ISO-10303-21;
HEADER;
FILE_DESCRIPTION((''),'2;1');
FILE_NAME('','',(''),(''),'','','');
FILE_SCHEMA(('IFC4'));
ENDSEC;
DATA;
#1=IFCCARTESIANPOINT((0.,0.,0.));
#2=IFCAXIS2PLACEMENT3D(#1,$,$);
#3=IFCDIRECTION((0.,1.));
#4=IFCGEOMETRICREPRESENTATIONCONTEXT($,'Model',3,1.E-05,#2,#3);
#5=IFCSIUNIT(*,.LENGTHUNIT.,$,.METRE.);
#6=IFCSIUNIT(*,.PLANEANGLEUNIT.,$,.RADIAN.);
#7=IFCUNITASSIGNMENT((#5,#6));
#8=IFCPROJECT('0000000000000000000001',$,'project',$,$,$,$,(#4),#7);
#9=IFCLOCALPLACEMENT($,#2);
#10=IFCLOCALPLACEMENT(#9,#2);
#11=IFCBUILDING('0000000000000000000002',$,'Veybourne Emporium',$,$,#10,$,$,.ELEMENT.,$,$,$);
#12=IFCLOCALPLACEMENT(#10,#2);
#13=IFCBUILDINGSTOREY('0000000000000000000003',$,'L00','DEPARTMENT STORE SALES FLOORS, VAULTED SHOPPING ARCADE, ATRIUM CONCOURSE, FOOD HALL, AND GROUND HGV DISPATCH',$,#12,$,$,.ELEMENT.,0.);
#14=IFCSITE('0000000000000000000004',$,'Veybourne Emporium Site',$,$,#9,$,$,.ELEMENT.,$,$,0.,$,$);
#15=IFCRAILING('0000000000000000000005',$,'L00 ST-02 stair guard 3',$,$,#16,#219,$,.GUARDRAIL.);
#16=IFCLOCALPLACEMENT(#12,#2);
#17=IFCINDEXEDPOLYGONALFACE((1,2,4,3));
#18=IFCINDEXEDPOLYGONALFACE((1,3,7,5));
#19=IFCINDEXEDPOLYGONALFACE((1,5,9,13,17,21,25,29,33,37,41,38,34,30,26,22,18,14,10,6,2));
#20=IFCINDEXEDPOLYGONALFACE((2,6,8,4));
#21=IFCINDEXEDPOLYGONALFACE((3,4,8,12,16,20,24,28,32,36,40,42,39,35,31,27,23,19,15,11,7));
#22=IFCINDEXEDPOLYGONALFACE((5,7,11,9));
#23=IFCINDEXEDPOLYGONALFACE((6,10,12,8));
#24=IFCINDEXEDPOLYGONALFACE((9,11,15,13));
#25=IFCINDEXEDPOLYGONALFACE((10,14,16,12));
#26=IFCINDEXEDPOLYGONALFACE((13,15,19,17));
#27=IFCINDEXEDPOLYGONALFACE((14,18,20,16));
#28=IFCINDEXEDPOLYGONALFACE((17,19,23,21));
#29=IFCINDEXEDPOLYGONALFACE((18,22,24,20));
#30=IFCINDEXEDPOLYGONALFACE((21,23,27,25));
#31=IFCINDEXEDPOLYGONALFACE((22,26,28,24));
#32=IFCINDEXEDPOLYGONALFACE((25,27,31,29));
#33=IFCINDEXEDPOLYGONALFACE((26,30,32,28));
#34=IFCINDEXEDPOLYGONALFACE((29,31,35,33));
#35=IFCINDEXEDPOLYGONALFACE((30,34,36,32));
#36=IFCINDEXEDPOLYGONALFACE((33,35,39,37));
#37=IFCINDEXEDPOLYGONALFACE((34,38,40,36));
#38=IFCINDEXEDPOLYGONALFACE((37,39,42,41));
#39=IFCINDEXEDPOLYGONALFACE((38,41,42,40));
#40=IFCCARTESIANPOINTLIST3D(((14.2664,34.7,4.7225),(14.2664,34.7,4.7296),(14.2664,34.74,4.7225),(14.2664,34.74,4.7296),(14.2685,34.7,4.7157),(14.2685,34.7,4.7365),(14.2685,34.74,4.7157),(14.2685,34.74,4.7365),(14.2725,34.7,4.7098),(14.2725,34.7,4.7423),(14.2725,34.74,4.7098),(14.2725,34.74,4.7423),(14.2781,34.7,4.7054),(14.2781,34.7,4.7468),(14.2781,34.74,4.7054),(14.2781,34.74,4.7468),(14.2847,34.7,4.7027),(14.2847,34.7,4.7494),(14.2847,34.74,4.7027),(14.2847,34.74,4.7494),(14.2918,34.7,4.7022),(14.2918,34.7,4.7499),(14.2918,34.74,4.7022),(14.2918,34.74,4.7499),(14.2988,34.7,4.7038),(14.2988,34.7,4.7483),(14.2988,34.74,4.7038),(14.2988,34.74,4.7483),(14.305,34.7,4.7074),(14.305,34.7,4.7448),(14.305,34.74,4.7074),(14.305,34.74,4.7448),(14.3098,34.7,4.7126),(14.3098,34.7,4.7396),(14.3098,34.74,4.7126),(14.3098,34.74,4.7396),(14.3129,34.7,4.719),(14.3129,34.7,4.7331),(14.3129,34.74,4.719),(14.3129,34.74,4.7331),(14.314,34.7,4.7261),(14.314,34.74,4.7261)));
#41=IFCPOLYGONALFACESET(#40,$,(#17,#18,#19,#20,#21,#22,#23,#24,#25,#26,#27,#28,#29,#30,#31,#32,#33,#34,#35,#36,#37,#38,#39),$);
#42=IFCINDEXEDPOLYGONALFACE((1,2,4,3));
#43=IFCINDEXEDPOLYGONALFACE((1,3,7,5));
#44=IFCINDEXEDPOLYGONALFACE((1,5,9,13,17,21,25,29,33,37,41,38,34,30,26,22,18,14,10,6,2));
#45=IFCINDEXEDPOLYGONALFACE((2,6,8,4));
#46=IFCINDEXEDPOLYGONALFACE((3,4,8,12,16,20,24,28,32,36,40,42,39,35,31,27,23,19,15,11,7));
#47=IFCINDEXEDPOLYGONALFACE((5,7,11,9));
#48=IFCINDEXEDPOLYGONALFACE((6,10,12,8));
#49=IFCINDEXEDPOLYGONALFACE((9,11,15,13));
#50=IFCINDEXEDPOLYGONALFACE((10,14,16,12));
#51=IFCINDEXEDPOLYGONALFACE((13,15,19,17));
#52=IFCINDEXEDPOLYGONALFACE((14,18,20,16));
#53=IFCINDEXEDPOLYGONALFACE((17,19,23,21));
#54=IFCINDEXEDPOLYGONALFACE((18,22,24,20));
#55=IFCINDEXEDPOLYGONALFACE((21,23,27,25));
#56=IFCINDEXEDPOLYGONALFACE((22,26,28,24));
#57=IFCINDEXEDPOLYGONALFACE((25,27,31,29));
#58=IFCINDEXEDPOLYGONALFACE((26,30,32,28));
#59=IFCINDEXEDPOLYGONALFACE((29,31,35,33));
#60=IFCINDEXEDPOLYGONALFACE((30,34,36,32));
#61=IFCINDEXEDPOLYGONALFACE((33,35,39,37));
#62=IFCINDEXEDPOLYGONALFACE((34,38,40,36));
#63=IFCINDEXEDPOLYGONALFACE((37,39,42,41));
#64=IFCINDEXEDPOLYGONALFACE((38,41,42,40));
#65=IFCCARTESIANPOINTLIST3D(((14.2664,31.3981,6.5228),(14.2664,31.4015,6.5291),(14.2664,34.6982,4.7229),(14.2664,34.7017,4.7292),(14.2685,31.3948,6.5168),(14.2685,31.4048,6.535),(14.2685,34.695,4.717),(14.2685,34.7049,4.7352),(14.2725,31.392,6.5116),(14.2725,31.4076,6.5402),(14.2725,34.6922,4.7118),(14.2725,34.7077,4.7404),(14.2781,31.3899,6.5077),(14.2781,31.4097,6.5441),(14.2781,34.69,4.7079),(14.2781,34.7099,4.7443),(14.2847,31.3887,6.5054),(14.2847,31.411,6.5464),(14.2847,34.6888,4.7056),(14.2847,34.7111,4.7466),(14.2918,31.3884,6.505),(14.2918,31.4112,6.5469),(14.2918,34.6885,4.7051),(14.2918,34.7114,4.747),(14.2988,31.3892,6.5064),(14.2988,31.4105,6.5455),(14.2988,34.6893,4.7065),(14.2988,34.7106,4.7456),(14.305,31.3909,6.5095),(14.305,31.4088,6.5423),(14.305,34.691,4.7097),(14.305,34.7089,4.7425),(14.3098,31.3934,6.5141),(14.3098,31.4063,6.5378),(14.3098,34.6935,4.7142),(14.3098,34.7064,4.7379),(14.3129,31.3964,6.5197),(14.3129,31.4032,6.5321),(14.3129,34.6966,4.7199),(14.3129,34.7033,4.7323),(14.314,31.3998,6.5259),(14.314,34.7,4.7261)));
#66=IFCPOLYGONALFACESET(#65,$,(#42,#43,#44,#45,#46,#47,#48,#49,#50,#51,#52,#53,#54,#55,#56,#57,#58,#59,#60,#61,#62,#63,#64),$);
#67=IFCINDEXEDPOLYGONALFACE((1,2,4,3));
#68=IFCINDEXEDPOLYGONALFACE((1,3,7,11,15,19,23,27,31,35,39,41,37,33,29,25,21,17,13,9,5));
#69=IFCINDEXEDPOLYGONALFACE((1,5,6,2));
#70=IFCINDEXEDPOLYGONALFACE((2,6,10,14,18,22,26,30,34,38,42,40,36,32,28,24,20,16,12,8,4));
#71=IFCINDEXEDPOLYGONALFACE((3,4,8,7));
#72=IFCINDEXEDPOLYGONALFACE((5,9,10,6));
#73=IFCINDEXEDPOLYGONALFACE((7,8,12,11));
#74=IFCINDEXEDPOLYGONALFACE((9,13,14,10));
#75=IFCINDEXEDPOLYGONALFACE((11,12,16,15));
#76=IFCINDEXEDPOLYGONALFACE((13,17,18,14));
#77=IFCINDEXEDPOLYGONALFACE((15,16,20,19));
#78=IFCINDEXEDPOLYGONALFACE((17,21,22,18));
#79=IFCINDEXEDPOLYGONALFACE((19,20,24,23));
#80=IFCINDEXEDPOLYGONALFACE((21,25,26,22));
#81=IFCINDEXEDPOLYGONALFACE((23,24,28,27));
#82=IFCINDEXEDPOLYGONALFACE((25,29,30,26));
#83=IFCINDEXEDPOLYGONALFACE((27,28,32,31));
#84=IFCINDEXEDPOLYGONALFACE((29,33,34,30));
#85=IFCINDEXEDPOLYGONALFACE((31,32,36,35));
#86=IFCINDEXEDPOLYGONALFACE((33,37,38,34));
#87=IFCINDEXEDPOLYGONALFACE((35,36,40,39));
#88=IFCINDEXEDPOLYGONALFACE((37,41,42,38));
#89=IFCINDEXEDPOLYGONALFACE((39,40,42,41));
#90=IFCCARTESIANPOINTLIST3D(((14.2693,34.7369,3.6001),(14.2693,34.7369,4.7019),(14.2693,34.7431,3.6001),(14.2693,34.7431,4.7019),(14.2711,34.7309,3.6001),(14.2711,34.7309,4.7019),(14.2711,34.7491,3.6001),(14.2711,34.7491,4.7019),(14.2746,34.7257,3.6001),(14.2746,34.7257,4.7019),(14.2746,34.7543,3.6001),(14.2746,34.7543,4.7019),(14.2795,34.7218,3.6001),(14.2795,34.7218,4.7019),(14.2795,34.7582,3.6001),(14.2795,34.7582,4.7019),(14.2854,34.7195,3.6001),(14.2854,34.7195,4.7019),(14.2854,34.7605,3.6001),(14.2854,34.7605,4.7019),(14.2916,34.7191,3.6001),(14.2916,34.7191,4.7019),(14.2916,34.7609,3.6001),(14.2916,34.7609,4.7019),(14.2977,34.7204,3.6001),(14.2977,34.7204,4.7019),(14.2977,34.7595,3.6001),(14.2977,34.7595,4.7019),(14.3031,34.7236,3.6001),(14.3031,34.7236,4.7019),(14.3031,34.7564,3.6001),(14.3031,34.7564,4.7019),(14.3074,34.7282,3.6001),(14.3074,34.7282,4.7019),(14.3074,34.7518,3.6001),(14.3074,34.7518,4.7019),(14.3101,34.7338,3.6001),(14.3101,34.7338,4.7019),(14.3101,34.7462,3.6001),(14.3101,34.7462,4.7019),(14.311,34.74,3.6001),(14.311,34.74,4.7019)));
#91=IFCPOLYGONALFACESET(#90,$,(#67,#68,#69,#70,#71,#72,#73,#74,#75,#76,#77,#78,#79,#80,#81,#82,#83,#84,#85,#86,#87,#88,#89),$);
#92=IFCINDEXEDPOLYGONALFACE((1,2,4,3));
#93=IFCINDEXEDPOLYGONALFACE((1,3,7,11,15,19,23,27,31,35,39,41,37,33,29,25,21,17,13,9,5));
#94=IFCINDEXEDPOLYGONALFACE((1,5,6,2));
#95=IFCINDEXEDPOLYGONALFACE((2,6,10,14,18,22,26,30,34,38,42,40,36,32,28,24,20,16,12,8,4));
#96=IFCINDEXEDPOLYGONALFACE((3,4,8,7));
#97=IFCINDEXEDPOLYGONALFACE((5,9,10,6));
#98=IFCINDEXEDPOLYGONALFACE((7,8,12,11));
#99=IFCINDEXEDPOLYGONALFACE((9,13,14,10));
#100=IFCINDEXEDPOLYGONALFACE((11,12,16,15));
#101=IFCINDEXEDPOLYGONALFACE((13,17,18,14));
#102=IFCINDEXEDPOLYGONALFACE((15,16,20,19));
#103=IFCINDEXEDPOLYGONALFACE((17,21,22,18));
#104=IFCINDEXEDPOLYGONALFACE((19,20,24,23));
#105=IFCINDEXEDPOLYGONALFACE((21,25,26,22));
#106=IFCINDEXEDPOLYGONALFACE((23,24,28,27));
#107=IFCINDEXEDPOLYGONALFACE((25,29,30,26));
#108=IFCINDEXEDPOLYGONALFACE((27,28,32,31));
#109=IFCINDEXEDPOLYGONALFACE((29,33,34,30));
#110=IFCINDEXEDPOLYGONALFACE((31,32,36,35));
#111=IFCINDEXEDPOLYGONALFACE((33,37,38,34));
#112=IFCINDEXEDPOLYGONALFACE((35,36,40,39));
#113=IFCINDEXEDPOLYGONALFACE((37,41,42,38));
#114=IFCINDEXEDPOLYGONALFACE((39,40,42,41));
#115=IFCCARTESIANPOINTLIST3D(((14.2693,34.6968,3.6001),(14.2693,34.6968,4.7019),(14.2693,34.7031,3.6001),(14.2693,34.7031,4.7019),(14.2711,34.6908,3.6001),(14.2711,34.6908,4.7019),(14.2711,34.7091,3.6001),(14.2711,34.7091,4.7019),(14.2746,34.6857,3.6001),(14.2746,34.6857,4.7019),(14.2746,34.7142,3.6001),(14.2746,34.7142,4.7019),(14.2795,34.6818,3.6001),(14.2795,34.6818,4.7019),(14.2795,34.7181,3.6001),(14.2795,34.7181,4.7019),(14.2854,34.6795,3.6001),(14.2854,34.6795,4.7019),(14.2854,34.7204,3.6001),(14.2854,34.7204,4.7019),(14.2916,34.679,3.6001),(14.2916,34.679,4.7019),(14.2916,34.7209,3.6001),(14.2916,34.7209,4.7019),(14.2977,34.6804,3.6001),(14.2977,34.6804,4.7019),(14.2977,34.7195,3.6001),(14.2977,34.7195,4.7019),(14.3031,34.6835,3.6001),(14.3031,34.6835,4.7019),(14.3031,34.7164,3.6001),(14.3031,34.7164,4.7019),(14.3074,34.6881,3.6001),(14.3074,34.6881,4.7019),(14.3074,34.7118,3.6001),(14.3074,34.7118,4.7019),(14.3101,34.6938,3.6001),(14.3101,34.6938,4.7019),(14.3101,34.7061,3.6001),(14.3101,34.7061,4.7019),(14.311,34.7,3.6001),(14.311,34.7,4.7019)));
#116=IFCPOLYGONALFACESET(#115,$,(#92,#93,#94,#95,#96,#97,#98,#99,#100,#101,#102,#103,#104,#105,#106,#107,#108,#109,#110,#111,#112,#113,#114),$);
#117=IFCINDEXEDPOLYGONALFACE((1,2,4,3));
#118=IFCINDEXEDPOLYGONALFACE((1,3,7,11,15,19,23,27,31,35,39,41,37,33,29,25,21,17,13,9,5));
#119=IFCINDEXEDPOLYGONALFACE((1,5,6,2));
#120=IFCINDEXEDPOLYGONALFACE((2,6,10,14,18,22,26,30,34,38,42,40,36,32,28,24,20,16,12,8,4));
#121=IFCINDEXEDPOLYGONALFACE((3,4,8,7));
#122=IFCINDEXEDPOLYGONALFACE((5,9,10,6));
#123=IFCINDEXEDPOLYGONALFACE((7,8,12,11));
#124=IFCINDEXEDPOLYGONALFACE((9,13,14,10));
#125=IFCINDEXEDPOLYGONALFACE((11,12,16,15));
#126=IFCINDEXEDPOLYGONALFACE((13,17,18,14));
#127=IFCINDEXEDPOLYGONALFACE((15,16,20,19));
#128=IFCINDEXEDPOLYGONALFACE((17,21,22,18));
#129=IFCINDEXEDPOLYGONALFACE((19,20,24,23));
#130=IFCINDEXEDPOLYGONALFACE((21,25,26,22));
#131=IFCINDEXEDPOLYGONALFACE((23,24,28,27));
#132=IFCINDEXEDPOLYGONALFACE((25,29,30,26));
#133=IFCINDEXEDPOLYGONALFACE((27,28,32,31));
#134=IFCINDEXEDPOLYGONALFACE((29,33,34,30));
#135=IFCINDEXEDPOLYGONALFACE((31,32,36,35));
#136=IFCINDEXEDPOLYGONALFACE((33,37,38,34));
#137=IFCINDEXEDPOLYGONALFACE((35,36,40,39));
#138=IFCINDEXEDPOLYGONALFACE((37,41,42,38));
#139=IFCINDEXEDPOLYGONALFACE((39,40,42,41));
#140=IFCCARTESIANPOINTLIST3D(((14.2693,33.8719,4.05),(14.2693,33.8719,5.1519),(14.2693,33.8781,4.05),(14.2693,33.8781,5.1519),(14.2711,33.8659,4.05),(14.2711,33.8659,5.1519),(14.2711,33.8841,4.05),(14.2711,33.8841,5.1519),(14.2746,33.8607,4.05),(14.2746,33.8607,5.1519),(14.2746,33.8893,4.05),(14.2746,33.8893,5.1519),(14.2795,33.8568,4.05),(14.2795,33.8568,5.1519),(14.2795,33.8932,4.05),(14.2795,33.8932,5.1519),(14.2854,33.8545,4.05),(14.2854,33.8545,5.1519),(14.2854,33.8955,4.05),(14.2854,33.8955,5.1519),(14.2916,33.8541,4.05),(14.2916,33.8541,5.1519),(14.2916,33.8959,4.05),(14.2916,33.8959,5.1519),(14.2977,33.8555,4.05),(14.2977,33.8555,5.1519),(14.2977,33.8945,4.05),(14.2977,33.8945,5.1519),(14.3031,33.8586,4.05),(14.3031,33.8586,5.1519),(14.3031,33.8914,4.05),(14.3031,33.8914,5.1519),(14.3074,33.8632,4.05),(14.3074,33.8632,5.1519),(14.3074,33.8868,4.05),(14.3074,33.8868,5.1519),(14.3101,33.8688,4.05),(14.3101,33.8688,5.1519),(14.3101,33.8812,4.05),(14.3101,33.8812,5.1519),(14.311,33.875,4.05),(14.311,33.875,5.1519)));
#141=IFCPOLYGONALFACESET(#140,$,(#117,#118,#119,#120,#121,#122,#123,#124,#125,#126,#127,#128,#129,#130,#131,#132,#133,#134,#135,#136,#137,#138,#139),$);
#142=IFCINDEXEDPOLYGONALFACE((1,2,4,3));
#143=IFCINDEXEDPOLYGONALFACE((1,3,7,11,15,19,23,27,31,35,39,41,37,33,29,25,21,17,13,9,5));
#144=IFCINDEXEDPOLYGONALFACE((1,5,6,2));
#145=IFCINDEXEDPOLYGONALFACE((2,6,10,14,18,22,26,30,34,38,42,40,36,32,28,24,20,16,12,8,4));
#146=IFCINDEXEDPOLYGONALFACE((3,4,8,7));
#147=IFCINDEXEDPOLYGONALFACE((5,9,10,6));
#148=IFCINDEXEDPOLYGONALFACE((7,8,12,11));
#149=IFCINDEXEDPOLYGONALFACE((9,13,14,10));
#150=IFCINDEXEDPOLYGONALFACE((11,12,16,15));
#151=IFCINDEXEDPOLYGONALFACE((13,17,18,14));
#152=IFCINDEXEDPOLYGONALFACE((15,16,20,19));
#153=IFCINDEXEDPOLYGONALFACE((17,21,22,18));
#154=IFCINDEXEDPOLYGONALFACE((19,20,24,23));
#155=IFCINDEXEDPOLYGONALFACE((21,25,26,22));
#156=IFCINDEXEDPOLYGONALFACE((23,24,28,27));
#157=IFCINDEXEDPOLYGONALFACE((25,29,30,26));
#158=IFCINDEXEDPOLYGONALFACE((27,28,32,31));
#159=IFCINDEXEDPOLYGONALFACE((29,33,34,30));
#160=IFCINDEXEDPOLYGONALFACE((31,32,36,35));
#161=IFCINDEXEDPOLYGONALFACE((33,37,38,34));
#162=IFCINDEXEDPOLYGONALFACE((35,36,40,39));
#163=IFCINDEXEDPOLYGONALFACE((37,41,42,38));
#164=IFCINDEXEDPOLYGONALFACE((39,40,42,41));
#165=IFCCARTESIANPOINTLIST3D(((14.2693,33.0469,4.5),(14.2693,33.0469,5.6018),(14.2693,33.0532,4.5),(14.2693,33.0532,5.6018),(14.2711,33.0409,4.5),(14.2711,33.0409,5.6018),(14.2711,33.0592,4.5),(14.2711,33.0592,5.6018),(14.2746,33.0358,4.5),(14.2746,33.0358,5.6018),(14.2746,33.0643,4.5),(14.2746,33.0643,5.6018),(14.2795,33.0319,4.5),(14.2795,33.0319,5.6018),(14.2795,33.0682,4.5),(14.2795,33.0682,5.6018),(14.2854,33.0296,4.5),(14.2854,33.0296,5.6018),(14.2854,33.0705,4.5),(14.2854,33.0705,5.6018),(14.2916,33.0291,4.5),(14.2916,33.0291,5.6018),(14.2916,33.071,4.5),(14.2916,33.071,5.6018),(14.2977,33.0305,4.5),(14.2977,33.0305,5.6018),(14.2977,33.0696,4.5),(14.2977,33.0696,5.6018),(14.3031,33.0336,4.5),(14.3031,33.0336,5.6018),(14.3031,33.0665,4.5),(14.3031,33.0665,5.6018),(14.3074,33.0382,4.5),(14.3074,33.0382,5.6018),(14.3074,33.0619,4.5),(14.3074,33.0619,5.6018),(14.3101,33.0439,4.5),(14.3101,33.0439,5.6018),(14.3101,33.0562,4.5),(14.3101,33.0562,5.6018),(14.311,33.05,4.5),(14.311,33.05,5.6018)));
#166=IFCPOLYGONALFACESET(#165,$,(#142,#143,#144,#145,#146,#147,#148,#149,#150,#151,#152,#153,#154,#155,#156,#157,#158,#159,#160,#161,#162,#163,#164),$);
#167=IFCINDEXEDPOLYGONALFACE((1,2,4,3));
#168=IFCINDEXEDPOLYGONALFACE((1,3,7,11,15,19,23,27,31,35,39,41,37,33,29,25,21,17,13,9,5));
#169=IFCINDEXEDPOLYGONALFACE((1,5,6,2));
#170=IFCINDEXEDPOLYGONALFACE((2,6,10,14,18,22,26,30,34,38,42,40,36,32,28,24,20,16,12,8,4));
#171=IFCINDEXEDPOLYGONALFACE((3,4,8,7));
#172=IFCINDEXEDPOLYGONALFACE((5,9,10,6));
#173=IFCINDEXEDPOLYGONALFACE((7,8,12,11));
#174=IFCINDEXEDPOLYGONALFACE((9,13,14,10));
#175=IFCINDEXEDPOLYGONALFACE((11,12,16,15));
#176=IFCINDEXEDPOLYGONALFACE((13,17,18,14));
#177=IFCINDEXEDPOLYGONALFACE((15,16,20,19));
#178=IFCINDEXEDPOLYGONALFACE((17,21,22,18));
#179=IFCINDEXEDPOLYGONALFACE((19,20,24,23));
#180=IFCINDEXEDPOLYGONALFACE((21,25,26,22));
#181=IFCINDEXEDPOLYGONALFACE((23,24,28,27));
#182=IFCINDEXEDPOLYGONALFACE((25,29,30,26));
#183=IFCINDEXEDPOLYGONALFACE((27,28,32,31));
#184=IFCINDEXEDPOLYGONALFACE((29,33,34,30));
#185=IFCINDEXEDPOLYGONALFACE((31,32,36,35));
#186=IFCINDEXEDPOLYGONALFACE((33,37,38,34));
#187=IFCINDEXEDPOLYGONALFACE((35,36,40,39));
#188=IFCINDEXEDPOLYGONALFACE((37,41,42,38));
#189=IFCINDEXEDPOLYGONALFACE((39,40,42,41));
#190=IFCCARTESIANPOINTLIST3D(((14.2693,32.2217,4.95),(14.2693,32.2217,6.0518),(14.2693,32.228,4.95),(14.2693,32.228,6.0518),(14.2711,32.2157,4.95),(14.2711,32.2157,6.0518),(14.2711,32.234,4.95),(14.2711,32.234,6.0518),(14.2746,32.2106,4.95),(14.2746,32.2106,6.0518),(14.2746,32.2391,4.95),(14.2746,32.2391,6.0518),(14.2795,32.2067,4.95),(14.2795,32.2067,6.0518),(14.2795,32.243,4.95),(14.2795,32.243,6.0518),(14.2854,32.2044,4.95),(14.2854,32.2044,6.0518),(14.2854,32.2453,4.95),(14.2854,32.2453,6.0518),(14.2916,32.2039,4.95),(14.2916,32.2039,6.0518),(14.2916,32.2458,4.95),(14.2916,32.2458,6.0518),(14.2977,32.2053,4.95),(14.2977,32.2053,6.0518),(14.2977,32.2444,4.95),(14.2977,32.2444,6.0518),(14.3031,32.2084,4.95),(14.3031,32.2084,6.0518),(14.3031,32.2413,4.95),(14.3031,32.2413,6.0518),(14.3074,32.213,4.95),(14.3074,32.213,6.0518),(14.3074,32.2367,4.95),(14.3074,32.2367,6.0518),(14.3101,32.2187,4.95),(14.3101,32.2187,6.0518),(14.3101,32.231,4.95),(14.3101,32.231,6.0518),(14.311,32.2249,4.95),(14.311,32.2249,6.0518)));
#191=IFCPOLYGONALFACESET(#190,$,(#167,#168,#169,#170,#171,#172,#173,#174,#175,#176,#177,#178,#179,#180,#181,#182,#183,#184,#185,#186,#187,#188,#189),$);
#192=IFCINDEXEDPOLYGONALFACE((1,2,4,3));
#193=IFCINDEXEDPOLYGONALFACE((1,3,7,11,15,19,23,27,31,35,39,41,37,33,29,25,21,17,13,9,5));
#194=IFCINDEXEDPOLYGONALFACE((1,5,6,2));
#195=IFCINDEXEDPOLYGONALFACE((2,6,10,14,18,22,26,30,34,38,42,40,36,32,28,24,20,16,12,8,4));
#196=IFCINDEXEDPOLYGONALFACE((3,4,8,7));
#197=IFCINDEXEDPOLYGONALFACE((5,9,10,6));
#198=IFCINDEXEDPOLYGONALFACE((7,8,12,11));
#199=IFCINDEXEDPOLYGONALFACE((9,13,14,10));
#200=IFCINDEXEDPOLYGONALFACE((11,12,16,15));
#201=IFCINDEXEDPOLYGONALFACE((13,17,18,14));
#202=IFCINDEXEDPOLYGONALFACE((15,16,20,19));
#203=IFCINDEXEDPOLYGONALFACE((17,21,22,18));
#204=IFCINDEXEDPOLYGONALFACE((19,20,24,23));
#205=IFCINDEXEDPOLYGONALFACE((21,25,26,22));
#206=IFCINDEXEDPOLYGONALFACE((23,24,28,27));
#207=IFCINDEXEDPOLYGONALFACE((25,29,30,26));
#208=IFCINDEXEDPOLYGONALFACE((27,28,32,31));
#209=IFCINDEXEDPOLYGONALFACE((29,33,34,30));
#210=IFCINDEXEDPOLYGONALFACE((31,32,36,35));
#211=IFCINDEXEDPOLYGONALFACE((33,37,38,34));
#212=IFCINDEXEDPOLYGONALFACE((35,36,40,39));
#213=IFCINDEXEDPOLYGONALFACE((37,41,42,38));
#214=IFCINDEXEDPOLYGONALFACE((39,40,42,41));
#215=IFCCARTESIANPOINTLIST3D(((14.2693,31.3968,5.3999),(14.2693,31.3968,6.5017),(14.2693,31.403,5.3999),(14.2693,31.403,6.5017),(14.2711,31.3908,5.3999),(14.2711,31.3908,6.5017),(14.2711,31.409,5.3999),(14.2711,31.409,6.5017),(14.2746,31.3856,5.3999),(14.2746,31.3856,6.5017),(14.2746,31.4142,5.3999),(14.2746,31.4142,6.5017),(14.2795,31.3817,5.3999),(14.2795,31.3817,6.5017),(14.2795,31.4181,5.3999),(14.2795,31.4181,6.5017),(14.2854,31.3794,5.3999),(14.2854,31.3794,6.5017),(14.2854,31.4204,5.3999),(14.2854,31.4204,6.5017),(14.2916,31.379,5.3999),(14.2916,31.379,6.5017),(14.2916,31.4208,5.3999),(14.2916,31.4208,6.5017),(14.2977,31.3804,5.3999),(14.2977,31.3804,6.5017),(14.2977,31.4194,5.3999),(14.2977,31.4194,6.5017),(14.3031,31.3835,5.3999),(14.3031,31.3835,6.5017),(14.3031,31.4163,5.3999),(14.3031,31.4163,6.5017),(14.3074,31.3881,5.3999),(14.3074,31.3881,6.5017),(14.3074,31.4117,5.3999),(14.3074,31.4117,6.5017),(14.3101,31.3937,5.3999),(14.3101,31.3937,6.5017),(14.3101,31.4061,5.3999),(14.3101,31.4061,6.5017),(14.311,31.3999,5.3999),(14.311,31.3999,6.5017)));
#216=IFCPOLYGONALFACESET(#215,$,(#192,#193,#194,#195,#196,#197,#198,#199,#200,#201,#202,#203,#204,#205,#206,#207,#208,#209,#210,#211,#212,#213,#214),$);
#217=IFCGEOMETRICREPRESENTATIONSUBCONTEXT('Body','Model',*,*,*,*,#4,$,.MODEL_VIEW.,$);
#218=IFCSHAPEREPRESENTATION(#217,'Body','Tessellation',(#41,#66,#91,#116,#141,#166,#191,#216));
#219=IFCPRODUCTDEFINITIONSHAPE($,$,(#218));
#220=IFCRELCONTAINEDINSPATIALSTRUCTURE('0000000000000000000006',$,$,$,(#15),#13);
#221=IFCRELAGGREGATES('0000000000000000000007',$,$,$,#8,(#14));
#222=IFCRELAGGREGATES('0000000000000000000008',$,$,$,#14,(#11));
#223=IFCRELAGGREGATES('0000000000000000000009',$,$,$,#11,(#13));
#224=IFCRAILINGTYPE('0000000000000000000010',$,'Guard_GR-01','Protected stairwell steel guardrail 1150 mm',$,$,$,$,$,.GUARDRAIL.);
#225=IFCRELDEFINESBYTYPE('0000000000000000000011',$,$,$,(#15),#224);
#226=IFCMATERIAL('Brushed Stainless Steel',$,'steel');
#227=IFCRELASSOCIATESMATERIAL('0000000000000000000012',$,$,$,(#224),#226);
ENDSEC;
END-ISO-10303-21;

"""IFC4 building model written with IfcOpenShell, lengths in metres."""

from ifc_helpers import new_model, si_unit, direction, frame, origin, origin_2d, place, context, subcontext, project, spatial, circle, extrude, material, type_object, element, save


model = new_model("IFC4")

# Units and contexts
model_context = context("Model", 3, precision=1e-05, world=origin(), true_north=direction((0.0, 1.0)))
body_context = subcontext(model_context, "Body", "Model", "MODEL_VIEW")
ifc_project = project(units=[si_unit("LENGTHUNIT", "METRE"), si_unit("PLANEANGLEUNIT", "RADIAN")], contexts=[model_context])

# Site, building, storey
site_placement = place(None, origin())
site = spatial("IfcSite", under=ifc_project, at=site_placement, Name="Veybourne Emporium Site", CompositionType="ELEMENT", RefElevation=0.0)
building_placement = place(site_placement, origin())
building = spatial("IfcBuilding", under=site, at=building_placement, Name="Veybourne Emporium", CompositionType="ELEMENT")
storey_placement = place(building_placement, origin())
storey = spatial("IfcBuildingStorey", under=building, at=storey_placement, Name="L00", Description="DEPARTMENT STORE SALES FLOORS, VAULTED SHOPPING ARCADE, ATRIUM CONCOURSE, FOOD HALL, AND GROUND HGV DISPATCH", CompositionType="ELEMENT", Elevation=0.0)

# Railing
ifc_material_1 = material(Name="Brushed Stainless Steel", Category="steel")
railing_type_1 = type_object("IfcRailingType", Name="Guard_GR-01", Description="Protected stairwell steel guardrail 1150 mm", PredefinedType="GUARDRAIL", material=ifc_material_1)
railing_1_placement = place(storey_placement, frame((14.29, 34.74, 3.6001)))
element("IfcRailing", 1, at=railing_1_placement, inside=storey, type_object=railing_type_1, Name="L00 ST-02 stair guard 3", PredefinedType="GUARDRAIL", context=body_context, shape_type="SweptSolid", body=[
    extrude(circle(Radius=0.0239, at=origin_2d()), frame((0.0, 0.0, 1.126), z_axis=(0.0, -1.0, 0.0), x_axis=(1.0, 0.0, 0.0)), (0.0, 0.0, 1.0), 0.04),
    extrude(circle(Radius=0.0239, at=origin_2d()), frame((0.0, -0.04, 1.126), z_axis=(0.0, -0.87792, 0.478807), x_axis=(1.0, 0.0, 0.0)), (0.0, 0.0, 1.0), 3.759),
    extrude(circle(Radius=0.021, at=origin_2d()), origin(), (0.0, 0.0, 1.0), 1.1018),
    extrude(circle(Radius=0.021, at=origin_2d()), frame((0.0, -0.04, 0.0)), (0.0, 0.0, 1.0), 1.1018),
    extrude(circle(Radius=0.021, at=origin_2d()), frame((0.0, -0.865, 0.45)), (0.0, 0.0, 1.0), 1.1018),
    extrude(circle(Radius=0.021, at=origin_2d()), frame((0.0, -1.6899, 0.8999)), (0.0, 0.0, 1.0), 1.1018),
    extrude(circle(Radius=0.021, at=origin_2d()), frame((0.0, -2.5151, 1.3499)), (0.0, 0.0, 1.0), 1.1018),
    extrude(circle(Radius=0.021, at=origin_2d()), frame((0.0, -3.3401, 1.7998)), (0.0, 0.0, 1.0), 1.1018),
])

save(model, "model.ifc")
